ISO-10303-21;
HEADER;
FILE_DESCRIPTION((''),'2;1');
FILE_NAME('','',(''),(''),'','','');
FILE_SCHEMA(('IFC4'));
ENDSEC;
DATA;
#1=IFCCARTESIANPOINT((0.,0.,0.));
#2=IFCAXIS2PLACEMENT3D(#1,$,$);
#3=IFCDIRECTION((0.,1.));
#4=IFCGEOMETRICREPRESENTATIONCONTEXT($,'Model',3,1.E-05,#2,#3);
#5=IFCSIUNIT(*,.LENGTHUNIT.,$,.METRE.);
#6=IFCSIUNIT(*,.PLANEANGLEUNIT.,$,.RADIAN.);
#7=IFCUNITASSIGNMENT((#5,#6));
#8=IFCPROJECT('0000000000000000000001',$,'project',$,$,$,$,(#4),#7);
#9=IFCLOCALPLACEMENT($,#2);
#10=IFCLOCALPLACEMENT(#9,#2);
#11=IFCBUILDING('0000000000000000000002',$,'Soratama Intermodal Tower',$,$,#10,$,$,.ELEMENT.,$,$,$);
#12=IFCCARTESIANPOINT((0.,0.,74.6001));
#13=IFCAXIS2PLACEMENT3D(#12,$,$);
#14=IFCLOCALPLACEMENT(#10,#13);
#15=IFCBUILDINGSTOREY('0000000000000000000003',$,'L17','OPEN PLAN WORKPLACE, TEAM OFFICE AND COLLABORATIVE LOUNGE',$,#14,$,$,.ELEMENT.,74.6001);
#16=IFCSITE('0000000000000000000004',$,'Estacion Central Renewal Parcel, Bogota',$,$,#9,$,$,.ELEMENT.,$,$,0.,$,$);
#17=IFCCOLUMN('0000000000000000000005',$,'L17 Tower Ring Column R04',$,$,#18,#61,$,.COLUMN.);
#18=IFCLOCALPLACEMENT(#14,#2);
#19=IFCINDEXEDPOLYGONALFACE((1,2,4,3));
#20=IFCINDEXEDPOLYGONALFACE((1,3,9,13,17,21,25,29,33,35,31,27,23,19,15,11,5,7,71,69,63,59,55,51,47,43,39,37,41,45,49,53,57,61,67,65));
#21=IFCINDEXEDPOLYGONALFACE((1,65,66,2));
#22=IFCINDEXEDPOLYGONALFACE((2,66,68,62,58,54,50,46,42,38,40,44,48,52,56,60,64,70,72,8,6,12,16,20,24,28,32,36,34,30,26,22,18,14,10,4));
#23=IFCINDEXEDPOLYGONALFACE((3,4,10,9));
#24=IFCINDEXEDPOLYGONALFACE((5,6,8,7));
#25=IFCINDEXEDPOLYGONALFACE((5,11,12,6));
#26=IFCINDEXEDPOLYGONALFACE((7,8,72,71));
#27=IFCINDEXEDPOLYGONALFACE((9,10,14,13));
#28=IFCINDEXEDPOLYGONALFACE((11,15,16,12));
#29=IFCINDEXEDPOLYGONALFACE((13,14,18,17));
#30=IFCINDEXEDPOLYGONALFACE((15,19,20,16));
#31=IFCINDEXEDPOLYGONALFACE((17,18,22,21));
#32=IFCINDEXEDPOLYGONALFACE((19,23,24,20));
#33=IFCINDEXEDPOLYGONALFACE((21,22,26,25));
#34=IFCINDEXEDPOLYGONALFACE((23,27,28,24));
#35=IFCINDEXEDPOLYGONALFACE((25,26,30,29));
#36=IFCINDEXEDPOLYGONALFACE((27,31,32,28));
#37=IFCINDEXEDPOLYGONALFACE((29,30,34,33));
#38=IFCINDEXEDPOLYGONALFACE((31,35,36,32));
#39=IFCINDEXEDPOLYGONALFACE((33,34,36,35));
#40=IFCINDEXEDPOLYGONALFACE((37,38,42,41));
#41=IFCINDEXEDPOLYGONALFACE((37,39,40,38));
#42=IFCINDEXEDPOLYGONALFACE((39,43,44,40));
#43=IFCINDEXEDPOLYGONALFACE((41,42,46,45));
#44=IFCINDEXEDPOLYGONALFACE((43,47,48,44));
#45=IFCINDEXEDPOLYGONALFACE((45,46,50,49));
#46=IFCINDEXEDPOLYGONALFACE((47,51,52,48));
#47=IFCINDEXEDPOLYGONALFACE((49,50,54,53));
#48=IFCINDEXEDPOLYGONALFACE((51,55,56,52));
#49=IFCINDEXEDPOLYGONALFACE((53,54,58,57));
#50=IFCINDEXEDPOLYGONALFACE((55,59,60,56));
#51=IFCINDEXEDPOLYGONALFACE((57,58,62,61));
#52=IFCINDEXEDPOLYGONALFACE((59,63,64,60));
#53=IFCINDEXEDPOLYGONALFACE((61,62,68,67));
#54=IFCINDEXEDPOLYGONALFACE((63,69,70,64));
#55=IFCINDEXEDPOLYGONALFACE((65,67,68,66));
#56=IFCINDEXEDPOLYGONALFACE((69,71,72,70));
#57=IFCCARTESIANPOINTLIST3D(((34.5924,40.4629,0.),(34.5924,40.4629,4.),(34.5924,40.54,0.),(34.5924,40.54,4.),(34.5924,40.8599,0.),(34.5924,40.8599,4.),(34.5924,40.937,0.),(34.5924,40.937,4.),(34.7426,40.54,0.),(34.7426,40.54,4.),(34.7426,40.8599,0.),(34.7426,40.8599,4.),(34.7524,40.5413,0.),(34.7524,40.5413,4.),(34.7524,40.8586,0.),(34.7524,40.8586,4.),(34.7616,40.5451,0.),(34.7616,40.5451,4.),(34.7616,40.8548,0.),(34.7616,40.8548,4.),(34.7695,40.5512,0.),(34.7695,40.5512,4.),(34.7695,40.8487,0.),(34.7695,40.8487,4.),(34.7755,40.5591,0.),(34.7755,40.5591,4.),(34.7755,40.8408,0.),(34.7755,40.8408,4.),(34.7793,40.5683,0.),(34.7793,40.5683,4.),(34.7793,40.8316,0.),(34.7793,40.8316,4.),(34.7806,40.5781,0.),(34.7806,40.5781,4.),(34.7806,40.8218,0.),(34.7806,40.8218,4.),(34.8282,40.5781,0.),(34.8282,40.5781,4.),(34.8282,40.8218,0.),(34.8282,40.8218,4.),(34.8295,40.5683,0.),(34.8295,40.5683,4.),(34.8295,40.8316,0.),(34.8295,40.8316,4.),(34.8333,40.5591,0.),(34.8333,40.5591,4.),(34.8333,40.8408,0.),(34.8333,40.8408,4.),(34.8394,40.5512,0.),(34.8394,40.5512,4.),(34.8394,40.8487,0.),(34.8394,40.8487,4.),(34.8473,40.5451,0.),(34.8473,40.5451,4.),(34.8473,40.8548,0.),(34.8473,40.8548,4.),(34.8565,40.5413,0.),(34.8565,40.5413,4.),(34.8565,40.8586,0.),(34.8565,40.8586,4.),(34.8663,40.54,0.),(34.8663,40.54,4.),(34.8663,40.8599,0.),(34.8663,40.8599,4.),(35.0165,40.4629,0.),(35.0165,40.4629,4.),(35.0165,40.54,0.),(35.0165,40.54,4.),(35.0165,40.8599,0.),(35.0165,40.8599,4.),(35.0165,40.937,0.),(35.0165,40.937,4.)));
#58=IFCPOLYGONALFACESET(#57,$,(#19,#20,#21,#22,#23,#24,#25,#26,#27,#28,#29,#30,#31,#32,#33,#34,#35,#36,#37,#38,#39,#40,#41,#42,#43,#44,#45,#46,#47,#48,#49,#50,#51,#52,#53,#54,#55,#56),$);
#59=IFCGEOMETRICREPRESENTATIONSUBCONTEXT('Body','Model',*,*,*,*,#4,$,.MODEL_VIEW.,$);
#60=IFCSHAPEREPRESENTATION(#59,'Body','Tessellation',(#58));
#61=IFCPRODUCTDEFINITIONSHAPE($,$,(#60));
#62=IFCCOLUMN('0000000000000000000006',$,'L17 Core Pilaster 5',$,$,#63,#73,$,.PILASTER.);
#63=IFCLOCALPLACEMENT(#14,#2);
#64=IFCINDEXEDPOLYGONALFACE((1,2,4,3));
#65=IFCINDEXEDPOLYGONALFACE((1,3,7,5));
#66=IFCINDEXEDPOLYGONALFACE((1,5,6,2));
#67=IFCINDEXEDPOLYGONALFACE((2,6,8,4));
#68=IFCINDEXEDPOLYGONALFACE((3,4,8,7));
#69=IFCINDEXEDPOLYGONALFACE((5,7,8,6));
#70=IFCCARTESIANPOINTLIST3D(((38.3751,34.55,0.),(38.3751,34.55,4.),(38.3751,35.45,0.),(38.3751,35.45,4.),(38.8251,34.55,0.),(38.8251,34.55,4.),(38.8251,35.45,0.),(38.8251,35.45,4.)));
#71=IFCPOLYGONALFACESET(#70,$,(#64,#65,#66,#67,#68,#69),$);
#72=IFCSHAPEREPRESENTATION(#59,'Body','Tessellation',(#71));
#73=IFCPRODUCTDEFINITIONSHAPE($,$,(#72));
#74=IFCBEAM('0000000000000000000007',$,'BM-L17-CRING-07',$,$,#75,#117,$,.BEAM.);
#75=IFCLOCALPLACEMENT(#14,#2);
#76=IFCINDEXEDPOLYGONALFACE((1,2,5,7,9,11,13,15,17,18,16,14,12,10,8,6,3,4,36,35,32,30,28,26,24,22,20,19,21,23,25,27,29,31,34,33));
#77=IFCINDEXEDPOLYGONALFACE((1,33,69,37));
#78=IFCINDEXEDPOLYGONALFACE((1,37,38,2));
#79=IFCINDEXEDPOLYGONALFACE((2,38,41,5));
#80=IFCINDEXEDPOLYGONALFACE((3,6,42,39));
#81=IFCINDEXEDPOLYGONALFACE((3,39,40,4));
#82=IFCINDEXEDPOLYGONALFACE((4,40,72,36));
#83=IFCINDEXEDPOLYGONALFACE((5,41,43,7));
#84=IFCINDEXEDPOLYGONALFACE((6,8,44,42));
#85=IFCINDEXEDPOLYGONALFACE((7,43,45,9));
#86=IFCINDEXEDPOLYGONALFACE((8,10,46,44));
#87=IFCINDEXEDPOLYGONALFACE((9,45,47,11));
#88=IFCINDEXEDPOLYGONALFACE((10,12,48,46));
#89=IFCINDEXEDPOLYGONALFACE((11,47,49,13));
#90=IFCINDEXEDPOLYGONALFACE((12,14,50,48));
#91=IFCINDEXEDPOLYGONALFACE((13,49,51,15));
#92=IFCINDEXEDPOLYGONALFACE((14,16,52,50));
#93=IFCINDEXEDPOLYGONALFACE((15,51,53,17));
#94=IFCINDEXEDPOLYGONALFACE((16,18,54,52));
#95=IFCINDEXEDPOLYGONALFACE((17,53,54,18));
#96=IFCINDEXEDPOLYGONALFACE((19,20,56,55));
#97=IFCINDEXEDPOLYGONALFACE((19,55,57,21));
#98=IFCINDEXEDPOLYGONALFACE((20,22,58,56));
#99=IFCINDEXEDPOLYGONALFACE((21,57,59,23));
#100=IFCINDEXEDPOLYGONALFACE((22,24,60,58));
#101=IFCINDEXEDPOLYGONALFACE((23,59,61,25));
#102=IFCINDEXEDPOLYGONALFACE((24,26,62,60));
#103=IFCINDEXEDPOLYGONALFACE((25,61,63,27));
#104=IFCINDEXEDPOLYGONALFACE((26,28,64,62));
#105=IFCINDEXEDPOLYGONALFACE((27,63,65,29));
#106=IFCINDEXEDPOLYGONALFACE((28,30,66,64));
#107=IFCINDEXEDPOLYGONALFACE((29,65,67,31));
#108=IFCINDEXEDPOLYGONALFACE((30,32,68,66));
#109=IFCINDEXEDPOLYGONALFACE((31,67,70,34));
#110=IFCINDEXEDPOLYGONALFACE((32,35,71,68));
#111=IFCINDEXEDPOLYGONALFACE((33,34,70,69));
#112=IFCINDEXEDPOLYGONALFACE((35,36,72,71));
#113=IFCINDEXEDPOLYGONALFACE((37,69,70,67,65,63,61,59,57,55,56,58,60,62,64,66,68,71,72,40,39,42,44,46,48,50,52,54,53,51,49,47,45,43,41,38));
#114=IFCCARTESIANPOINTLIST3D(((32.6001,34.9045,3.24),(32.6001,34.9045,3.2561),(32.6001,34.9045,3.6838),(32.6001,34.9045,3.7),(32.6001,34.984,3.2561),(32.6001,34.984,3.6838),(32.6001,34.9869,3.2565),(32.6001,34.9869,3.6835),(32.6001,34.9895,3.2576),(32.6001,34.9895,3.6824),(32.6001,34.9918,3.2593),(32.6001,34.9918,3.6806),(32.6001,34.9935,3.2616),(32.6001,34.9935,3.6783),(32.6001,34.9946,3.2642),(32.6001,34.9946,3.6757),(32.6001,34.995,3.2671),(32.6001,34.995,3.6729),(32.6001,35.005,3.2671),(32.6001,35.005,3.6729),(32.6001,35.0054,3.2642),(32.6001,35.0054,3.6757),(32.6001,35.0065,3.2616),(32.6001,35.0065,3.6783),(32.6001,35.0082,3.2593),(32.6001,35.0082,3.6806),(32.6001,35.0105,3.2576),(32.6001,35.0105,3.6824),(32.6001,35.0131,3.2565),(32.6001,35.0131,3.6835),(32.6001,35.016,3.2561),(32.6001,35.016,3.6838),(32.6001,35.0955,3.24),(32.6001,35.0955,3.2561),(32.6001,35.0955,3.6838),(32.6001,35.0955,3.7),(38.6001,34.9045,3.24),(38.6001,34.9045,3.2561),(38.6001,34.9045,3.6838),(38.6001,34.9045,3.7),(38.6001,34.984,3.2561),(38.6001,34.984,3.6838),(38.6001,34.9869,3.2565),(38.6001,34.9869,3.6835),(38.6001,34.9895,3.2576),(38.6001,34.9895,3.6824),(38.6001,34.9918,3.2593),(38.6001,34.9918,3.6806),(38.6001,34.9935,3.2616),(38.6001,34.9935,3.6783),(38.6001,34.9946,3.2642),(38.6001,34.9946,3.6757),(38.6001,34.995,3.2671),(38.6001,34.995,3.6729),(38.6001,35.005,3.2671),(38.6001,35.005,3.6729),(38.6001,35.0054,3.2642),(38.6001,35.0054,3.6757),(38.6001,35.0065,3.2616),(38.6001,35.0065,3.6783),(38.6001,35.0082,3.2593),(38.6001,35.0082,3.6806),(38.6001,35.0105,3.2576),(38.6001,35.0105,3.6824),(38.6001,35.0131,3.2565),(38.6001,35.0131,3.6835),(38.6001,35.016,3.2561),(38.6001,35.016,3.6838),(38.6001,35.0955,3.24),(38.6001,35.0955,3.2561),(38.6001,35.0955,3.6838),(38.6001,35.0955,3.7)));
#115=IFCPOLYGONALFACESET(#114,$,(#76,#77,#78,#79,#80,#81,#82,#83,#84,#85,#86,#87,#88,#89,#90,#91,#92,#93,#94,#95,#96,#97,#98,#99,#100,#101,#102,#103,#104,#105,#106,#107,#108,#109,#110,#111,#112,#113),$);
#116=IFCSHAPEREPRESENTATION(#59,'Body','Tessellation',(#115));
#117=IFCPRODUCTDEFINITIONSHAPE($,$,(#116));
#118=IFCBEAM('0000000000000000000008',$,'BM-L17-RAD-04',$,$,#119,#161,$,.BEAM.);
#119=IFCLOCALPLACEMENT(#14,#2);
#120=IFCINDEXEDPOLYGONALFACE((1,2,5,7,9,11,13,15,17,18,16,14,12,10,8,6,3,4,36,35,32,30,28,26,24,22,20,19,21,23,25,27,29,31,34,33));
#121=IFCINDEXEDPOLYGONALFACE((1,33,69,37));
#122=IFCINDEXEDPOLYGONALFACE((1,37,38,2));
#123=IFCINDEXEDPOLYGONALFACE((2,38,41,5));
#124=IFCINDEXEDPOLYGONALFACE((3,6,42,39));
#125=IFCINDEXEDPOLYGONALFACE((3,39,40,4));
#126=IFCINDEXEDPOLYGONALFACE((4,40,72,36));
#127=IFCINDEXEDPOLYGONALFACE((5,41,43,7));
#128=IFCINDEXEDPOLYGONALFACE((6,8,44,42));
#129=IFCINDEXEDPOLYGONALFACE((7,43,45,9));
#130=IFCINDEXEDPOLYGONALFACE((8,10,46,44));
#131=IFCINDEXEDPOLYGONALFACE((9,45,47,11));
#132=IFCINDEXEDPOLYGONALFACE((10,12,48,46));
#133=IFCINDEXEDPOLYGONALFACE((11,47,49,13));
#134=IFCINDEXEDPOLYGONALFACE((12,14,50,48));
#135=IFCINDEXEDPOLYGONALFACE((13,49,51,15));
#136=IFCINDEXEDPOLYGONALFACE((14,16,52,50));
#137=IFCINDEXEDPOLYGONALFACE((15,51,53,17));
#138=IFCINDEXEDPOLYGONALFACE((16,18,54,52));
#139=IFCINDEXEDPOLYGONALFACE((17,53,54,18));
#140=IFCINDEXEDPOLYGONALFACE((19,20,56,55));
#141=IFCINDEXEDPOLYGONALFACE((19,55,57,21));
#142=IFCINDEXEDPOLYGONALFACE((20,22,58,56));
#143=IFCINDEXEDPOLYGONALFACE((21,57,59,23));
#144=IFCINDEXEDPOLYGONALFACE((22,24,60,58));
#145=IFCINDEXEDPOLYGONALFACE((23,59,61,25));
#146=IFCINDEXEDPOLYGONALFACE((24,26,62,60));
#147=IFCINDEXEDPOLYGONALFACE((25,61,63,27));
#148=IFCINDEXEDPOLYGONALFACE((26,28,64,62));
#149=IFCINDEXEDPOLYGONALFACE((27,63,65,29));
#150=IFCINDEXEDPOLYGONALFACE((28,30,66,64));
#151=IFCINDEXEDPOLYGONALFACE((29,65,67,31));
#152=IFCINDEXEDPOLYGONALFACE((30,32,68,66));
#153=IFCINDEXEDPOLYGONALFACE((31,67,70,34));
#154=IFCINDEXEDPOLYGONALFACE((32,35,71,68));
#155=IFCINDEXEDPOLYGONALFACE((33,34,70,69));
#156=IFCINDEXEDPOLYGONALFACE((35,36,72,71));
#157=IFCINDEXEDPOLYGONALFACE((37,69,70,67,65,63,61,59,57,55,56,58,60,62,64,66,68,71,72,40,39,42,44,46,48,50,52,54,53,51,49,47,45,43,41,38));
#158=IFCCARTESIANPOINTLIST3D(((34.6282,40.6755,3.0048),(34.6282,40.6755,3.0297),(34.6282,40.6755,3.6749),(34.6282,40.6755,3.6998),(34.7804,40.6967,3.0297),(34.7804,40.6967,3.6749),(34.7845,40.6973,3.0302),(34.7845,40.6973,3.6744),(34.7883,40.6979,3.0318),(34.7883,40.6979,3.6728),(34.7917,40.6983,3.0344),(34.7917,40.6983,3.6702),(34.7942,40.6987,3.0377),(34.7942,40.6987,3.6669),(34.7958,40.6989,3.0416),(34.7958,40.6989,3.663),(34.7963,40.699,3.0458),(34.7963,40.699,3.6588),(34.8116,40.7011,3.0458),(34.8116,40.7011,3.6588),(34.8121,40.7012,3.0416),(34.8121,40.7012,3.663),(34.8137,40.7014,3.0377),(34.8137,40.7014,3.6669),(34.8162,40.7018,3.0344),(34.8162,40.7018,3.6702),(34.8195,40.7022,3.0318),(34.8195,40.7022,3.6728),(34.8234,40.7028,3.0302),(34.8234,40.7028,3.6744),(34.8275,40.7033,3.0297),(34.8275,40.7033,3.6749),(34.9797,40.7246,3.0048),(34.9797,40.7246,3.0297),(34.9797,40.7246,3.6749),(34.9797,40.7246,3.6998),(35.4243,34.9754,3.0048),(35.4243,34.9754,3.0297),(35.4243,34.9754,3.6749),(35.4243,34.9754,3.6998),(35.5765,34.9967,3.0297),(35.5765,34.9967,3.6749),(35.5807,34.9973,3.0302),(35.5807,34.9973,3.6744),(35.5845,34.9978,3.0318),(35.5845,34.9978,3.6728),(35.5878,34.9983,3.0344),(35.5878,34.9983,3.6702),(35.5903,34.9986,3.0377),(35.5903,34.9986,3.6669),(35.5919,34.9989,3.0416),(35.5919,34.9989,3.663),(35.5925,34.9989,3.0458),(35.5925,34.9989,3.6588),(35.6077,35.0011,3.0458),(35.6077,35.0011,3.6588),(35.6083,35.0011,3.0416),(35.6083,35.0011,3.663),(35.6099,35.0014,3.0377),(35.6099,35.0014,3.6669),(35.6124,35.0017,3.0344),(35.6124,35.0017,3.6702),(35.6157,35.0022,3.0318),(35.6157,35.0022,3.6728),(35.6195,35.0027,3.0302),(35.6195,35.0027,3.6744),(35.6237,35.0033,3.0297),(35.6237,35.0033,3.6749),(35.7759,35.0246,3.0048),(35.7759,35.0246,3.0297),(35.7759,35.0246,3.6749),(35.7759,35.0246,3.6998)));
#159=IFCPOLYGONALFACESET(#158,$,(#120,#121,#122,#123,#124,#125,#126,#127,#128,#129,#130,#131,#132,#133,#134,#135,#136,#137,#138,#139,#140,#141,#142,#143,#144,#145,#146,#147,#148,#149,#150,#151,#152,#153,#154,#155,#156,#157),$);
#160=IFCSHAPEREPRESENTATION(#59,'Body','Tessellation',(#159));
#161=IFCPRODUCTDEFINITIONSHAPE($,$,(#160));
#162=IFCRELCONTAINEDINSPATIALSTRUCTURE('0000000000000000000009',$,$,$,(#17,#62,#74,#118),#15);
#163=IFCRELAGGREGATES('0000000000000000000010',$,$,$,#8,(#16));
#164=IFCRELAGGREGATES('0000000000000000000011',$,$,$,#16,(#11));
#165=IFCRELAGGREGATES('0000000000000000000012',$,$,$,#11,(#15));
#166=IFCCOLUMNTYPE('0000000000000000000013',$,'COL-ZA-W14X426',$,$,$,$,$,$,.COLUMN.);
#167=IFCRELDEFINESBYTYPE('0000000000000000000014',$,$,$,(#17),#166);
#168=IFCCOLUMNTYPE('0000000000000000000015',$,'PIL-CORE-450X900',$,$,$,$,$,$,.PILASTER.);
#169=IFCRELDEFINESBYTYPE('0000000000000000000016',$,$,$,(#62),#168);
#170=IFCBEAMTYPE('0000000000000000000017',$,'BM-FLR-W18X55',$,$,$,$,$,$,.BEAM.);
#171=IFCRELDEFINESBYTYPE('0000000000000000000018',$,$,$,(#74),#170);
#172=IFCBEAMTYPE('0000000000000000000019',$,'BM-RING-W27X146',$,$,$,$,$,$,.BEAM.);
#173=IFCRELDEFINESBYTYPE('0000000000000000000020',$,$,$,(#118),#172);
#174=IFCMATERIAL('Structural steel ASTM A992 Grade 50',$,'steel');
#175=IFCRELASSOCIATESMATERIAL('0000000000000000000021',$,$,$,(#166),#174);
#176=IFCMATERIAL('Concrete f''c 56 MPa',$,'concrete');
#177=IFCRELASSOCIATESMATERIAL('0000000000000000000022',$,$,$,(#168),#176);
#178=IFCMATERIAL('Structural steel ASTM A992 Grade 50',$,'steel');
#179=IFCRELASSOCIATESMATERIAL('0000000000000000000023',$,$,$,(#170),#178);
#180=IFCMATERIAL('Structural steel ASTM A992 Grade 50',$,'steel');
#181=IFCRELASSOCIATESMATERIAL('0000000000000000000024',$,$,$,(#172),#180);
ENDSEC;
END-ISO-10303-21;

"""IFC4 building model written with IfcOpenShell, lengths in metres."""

from ifc_helpers import new_model, si_unit, direction, frame, origin, origin_2d, place, context, subcontext, project, spatial, rectangle, i_section, extrude, material, material_profile, profile_set, type_object, element, save


model = new_model("IFC4")

# Units and contexts
model_context = context("Model", 3, precision=1e-05, world=origin(), true_north=direction((0.0, 1.0)))
body_context = subcontext(model_context, "Body", "Model", "MODEL_VIEW")
ifc_project = project(units=[si_unit("LENGTHUNIT", "METRE"), si_unit("PLANEANGLEUNIT", "RADIAN")], contexts=[model_context])

# Site, building, storey
site_placement = place(None, origin())
site = spatial("IfcSite", under=ifc_project, at=site_placement, Name="Estacion Central Renewal Parcel, Bogota", CompositionType="ELEMENT", RefElevation=0.0)
building_placement = place(site_placement, origin())
building = spatial("IfcBuilding", under=site, at=building_placement, Name="Soratama Intermodal Tower", CompositionType="ELEMENT")
storey_placement = place(building_placement, frame((0.0, 0.0, 74.6001)))
storey = spatial("IfcBuildingStorey", under=building, at=storey_placement, Name="L17", Description="OPEN PLAN WORKPLACE, TEAM OFFICE AND COLLABORATIVE LOUNGE", CompositionType="ELEMENT", Elevation=74.6001)

# Columns
ifc_material_1 = material(Name="Structural steel ASTM A992 Grade 50", Category="steel")
ifc_material_profile_1 = material_profile(ifc_material_1, i_section(OverallWidth=0.4241, OverallDepth=0.4741, WebThickness=0.0476, FlangeThickness=0.0771, FilletRadius=0.0381, at=origin_2d()), Name="W14X426")
ifc_profile_set_1 = profile_set([ifc_material_profile_1], Name="Structural steel ASTM A992 Grade 50")
column_type_1 = type_object("IfcColumnType", Name="COL-ZA-W14X426", PredefinedType="COLUMN", material=ifc_profile_set_1)
column_1_placement = place(storey_placement, frame((34.8044, 40.7, 0.0), z_axis=(0.0, 0.0, 1.0), x_axis=(1.0, 0.0, 0.0)))
element("IfcColumn", 1, at=column_1_placement, inside=storey, type_object=column_type_1, Name="L17 Tower Ring Column R04", PredefinedType="COLUMN", context=body_context, shape_type="SweptSolid", body=[
    extrude(i_section(OverallWidth=0.4241, OverallDepth=0.4741, WebThickness=0.0476, FlangeThickness=0.0771, FilletRadius=0.0381, at=origin_2d()), origin(), (0.0, 0.0, 1.0), 4.0),
])
ifc_material_2 = material(Name="Concrete f'c 56 MPa", Category="concrete")
ifc_material_profile_2 = material_profile(ifc_material_2, rectangle(XDim=0.45, YDim=0.8999, at=origin_2d()), Name="RC450X900")
ifc_profile_set_2 = profile_set([ifc_material_profile_2], Name="Concrete f'c 56 MPa")
column_type_2 = type_object("IfcColumnType", Name="PIL-CORE-450X900", PredefinedType="PILASTER", material=ifc_profile_set_2)
column_2_placement = place(storey_placement, frame((38.6001, 35.0, 0.0), z_axis=(0.0, 0.0, 1.0), x_axis=(1.0, 0.0, 0.0)))
element("IfcColumn", 2, at=column_2_placement, inside=storey, type_object=column_type_2, Name="L17 Core Pilaster 5", PredefinedType="PILASTER", context=body_context, shape_type="SweptSolid", body=[
    extrude(rectangle(XDim=0.45, YDim=0.8999, at=origin_2d()), origin(), (0.0, 0.0, 1.0), 4.0),
])

# Beams
ifc_material_3 = material(Name="Structural steel ASTM A992 Grade 50", Category="steel")
ifc_material_profile_3 = material_profile(ifc_material_3, i_section(OverallWidth=0.1909, OverallDepth=0.46, WebThickness=0.01, FlangeThickness=0.0161, FilletRadius=0.011, at=origin_2d()), Name="W18X55")
ifc_profile_set_3 = profile_set([ifc_material_profile_3], Name="Structural steel ASTM A992 Grade 50")
beam_type_1 = type_object("IfcBeamType", Name="BM-FLR-W18X55", PredefinedType="BEAM", material=ifc_profile_set_3)
beam_1_placement = place(storey_placement, frame((38.6001, 35.0, 3.47), z_axis=(-1.0, 0.0, 0.0), x_axis=(0.0, -1.0, 0.0)))
element("IfcBeam", 3, at=beam_1_placement, inside=storey, type_object=beam_type_1, Name="BM-L17-CRING-07", PredefinedType="BEAM", context=body_context, shape_type="SweptSolid", body=[
    extrude(i_section(OverallWidth=0.1909, OverallDepth=0.46, WebThickness=0.01, FlangeThickness=0.0161, FilletRadius=0.011, at=origin_2d()), origin(), (0.0, 0.0, 1.0), 6.0),
])
ifc_material_4 = material(Name="Structural steel ASTM A992 Grade 50", Category="steel")
ifc_material_profile_4 = material_profile(ifc_material_4, i_section(OverallWidth=0.355, OverallDepth=0.6951, WebThickness=0.0154, FlangeThickness=0.0249, FilletRadius=0.0161, at=origin_2d()), Name="W27X146")
ifc_profile_set_4 = profile_set([ifc_material_profile_4], Name="Structural steel ASTM A992 Grade 50")
beam_type_2 = type_object("IfcBeamType", Name="BM-RING-W27X146", PredefinedType="BEAM", material=ifc_profile_set_4)
beam_2_placement = place(storey_placement, frame((35.6001, 35.0, 3.3523), z_axis=(-0.138332, 0.990386, 0.0), x_axis=(-0.990386, -0.138332, 0.0)))
element("IfcBeam", 4, at=beam_2_placement, inside=storey, type_object=beam_type_2, Name="BM-L17-RAD-04", PredefinedType="BEAM", context=body_context, shape_type="SweptSolid", body=[
    extrude(i_section(OverallWidth=0.355, OverallDepth=0.6951, WebThickness=0.0154, FlangeThickness=0.0249, FilletRadius=0.0161, at=origin_2d()), origin(), (0.0, 0.0, 1.0), 5.7554),
])

save(model, "model.ifc")
